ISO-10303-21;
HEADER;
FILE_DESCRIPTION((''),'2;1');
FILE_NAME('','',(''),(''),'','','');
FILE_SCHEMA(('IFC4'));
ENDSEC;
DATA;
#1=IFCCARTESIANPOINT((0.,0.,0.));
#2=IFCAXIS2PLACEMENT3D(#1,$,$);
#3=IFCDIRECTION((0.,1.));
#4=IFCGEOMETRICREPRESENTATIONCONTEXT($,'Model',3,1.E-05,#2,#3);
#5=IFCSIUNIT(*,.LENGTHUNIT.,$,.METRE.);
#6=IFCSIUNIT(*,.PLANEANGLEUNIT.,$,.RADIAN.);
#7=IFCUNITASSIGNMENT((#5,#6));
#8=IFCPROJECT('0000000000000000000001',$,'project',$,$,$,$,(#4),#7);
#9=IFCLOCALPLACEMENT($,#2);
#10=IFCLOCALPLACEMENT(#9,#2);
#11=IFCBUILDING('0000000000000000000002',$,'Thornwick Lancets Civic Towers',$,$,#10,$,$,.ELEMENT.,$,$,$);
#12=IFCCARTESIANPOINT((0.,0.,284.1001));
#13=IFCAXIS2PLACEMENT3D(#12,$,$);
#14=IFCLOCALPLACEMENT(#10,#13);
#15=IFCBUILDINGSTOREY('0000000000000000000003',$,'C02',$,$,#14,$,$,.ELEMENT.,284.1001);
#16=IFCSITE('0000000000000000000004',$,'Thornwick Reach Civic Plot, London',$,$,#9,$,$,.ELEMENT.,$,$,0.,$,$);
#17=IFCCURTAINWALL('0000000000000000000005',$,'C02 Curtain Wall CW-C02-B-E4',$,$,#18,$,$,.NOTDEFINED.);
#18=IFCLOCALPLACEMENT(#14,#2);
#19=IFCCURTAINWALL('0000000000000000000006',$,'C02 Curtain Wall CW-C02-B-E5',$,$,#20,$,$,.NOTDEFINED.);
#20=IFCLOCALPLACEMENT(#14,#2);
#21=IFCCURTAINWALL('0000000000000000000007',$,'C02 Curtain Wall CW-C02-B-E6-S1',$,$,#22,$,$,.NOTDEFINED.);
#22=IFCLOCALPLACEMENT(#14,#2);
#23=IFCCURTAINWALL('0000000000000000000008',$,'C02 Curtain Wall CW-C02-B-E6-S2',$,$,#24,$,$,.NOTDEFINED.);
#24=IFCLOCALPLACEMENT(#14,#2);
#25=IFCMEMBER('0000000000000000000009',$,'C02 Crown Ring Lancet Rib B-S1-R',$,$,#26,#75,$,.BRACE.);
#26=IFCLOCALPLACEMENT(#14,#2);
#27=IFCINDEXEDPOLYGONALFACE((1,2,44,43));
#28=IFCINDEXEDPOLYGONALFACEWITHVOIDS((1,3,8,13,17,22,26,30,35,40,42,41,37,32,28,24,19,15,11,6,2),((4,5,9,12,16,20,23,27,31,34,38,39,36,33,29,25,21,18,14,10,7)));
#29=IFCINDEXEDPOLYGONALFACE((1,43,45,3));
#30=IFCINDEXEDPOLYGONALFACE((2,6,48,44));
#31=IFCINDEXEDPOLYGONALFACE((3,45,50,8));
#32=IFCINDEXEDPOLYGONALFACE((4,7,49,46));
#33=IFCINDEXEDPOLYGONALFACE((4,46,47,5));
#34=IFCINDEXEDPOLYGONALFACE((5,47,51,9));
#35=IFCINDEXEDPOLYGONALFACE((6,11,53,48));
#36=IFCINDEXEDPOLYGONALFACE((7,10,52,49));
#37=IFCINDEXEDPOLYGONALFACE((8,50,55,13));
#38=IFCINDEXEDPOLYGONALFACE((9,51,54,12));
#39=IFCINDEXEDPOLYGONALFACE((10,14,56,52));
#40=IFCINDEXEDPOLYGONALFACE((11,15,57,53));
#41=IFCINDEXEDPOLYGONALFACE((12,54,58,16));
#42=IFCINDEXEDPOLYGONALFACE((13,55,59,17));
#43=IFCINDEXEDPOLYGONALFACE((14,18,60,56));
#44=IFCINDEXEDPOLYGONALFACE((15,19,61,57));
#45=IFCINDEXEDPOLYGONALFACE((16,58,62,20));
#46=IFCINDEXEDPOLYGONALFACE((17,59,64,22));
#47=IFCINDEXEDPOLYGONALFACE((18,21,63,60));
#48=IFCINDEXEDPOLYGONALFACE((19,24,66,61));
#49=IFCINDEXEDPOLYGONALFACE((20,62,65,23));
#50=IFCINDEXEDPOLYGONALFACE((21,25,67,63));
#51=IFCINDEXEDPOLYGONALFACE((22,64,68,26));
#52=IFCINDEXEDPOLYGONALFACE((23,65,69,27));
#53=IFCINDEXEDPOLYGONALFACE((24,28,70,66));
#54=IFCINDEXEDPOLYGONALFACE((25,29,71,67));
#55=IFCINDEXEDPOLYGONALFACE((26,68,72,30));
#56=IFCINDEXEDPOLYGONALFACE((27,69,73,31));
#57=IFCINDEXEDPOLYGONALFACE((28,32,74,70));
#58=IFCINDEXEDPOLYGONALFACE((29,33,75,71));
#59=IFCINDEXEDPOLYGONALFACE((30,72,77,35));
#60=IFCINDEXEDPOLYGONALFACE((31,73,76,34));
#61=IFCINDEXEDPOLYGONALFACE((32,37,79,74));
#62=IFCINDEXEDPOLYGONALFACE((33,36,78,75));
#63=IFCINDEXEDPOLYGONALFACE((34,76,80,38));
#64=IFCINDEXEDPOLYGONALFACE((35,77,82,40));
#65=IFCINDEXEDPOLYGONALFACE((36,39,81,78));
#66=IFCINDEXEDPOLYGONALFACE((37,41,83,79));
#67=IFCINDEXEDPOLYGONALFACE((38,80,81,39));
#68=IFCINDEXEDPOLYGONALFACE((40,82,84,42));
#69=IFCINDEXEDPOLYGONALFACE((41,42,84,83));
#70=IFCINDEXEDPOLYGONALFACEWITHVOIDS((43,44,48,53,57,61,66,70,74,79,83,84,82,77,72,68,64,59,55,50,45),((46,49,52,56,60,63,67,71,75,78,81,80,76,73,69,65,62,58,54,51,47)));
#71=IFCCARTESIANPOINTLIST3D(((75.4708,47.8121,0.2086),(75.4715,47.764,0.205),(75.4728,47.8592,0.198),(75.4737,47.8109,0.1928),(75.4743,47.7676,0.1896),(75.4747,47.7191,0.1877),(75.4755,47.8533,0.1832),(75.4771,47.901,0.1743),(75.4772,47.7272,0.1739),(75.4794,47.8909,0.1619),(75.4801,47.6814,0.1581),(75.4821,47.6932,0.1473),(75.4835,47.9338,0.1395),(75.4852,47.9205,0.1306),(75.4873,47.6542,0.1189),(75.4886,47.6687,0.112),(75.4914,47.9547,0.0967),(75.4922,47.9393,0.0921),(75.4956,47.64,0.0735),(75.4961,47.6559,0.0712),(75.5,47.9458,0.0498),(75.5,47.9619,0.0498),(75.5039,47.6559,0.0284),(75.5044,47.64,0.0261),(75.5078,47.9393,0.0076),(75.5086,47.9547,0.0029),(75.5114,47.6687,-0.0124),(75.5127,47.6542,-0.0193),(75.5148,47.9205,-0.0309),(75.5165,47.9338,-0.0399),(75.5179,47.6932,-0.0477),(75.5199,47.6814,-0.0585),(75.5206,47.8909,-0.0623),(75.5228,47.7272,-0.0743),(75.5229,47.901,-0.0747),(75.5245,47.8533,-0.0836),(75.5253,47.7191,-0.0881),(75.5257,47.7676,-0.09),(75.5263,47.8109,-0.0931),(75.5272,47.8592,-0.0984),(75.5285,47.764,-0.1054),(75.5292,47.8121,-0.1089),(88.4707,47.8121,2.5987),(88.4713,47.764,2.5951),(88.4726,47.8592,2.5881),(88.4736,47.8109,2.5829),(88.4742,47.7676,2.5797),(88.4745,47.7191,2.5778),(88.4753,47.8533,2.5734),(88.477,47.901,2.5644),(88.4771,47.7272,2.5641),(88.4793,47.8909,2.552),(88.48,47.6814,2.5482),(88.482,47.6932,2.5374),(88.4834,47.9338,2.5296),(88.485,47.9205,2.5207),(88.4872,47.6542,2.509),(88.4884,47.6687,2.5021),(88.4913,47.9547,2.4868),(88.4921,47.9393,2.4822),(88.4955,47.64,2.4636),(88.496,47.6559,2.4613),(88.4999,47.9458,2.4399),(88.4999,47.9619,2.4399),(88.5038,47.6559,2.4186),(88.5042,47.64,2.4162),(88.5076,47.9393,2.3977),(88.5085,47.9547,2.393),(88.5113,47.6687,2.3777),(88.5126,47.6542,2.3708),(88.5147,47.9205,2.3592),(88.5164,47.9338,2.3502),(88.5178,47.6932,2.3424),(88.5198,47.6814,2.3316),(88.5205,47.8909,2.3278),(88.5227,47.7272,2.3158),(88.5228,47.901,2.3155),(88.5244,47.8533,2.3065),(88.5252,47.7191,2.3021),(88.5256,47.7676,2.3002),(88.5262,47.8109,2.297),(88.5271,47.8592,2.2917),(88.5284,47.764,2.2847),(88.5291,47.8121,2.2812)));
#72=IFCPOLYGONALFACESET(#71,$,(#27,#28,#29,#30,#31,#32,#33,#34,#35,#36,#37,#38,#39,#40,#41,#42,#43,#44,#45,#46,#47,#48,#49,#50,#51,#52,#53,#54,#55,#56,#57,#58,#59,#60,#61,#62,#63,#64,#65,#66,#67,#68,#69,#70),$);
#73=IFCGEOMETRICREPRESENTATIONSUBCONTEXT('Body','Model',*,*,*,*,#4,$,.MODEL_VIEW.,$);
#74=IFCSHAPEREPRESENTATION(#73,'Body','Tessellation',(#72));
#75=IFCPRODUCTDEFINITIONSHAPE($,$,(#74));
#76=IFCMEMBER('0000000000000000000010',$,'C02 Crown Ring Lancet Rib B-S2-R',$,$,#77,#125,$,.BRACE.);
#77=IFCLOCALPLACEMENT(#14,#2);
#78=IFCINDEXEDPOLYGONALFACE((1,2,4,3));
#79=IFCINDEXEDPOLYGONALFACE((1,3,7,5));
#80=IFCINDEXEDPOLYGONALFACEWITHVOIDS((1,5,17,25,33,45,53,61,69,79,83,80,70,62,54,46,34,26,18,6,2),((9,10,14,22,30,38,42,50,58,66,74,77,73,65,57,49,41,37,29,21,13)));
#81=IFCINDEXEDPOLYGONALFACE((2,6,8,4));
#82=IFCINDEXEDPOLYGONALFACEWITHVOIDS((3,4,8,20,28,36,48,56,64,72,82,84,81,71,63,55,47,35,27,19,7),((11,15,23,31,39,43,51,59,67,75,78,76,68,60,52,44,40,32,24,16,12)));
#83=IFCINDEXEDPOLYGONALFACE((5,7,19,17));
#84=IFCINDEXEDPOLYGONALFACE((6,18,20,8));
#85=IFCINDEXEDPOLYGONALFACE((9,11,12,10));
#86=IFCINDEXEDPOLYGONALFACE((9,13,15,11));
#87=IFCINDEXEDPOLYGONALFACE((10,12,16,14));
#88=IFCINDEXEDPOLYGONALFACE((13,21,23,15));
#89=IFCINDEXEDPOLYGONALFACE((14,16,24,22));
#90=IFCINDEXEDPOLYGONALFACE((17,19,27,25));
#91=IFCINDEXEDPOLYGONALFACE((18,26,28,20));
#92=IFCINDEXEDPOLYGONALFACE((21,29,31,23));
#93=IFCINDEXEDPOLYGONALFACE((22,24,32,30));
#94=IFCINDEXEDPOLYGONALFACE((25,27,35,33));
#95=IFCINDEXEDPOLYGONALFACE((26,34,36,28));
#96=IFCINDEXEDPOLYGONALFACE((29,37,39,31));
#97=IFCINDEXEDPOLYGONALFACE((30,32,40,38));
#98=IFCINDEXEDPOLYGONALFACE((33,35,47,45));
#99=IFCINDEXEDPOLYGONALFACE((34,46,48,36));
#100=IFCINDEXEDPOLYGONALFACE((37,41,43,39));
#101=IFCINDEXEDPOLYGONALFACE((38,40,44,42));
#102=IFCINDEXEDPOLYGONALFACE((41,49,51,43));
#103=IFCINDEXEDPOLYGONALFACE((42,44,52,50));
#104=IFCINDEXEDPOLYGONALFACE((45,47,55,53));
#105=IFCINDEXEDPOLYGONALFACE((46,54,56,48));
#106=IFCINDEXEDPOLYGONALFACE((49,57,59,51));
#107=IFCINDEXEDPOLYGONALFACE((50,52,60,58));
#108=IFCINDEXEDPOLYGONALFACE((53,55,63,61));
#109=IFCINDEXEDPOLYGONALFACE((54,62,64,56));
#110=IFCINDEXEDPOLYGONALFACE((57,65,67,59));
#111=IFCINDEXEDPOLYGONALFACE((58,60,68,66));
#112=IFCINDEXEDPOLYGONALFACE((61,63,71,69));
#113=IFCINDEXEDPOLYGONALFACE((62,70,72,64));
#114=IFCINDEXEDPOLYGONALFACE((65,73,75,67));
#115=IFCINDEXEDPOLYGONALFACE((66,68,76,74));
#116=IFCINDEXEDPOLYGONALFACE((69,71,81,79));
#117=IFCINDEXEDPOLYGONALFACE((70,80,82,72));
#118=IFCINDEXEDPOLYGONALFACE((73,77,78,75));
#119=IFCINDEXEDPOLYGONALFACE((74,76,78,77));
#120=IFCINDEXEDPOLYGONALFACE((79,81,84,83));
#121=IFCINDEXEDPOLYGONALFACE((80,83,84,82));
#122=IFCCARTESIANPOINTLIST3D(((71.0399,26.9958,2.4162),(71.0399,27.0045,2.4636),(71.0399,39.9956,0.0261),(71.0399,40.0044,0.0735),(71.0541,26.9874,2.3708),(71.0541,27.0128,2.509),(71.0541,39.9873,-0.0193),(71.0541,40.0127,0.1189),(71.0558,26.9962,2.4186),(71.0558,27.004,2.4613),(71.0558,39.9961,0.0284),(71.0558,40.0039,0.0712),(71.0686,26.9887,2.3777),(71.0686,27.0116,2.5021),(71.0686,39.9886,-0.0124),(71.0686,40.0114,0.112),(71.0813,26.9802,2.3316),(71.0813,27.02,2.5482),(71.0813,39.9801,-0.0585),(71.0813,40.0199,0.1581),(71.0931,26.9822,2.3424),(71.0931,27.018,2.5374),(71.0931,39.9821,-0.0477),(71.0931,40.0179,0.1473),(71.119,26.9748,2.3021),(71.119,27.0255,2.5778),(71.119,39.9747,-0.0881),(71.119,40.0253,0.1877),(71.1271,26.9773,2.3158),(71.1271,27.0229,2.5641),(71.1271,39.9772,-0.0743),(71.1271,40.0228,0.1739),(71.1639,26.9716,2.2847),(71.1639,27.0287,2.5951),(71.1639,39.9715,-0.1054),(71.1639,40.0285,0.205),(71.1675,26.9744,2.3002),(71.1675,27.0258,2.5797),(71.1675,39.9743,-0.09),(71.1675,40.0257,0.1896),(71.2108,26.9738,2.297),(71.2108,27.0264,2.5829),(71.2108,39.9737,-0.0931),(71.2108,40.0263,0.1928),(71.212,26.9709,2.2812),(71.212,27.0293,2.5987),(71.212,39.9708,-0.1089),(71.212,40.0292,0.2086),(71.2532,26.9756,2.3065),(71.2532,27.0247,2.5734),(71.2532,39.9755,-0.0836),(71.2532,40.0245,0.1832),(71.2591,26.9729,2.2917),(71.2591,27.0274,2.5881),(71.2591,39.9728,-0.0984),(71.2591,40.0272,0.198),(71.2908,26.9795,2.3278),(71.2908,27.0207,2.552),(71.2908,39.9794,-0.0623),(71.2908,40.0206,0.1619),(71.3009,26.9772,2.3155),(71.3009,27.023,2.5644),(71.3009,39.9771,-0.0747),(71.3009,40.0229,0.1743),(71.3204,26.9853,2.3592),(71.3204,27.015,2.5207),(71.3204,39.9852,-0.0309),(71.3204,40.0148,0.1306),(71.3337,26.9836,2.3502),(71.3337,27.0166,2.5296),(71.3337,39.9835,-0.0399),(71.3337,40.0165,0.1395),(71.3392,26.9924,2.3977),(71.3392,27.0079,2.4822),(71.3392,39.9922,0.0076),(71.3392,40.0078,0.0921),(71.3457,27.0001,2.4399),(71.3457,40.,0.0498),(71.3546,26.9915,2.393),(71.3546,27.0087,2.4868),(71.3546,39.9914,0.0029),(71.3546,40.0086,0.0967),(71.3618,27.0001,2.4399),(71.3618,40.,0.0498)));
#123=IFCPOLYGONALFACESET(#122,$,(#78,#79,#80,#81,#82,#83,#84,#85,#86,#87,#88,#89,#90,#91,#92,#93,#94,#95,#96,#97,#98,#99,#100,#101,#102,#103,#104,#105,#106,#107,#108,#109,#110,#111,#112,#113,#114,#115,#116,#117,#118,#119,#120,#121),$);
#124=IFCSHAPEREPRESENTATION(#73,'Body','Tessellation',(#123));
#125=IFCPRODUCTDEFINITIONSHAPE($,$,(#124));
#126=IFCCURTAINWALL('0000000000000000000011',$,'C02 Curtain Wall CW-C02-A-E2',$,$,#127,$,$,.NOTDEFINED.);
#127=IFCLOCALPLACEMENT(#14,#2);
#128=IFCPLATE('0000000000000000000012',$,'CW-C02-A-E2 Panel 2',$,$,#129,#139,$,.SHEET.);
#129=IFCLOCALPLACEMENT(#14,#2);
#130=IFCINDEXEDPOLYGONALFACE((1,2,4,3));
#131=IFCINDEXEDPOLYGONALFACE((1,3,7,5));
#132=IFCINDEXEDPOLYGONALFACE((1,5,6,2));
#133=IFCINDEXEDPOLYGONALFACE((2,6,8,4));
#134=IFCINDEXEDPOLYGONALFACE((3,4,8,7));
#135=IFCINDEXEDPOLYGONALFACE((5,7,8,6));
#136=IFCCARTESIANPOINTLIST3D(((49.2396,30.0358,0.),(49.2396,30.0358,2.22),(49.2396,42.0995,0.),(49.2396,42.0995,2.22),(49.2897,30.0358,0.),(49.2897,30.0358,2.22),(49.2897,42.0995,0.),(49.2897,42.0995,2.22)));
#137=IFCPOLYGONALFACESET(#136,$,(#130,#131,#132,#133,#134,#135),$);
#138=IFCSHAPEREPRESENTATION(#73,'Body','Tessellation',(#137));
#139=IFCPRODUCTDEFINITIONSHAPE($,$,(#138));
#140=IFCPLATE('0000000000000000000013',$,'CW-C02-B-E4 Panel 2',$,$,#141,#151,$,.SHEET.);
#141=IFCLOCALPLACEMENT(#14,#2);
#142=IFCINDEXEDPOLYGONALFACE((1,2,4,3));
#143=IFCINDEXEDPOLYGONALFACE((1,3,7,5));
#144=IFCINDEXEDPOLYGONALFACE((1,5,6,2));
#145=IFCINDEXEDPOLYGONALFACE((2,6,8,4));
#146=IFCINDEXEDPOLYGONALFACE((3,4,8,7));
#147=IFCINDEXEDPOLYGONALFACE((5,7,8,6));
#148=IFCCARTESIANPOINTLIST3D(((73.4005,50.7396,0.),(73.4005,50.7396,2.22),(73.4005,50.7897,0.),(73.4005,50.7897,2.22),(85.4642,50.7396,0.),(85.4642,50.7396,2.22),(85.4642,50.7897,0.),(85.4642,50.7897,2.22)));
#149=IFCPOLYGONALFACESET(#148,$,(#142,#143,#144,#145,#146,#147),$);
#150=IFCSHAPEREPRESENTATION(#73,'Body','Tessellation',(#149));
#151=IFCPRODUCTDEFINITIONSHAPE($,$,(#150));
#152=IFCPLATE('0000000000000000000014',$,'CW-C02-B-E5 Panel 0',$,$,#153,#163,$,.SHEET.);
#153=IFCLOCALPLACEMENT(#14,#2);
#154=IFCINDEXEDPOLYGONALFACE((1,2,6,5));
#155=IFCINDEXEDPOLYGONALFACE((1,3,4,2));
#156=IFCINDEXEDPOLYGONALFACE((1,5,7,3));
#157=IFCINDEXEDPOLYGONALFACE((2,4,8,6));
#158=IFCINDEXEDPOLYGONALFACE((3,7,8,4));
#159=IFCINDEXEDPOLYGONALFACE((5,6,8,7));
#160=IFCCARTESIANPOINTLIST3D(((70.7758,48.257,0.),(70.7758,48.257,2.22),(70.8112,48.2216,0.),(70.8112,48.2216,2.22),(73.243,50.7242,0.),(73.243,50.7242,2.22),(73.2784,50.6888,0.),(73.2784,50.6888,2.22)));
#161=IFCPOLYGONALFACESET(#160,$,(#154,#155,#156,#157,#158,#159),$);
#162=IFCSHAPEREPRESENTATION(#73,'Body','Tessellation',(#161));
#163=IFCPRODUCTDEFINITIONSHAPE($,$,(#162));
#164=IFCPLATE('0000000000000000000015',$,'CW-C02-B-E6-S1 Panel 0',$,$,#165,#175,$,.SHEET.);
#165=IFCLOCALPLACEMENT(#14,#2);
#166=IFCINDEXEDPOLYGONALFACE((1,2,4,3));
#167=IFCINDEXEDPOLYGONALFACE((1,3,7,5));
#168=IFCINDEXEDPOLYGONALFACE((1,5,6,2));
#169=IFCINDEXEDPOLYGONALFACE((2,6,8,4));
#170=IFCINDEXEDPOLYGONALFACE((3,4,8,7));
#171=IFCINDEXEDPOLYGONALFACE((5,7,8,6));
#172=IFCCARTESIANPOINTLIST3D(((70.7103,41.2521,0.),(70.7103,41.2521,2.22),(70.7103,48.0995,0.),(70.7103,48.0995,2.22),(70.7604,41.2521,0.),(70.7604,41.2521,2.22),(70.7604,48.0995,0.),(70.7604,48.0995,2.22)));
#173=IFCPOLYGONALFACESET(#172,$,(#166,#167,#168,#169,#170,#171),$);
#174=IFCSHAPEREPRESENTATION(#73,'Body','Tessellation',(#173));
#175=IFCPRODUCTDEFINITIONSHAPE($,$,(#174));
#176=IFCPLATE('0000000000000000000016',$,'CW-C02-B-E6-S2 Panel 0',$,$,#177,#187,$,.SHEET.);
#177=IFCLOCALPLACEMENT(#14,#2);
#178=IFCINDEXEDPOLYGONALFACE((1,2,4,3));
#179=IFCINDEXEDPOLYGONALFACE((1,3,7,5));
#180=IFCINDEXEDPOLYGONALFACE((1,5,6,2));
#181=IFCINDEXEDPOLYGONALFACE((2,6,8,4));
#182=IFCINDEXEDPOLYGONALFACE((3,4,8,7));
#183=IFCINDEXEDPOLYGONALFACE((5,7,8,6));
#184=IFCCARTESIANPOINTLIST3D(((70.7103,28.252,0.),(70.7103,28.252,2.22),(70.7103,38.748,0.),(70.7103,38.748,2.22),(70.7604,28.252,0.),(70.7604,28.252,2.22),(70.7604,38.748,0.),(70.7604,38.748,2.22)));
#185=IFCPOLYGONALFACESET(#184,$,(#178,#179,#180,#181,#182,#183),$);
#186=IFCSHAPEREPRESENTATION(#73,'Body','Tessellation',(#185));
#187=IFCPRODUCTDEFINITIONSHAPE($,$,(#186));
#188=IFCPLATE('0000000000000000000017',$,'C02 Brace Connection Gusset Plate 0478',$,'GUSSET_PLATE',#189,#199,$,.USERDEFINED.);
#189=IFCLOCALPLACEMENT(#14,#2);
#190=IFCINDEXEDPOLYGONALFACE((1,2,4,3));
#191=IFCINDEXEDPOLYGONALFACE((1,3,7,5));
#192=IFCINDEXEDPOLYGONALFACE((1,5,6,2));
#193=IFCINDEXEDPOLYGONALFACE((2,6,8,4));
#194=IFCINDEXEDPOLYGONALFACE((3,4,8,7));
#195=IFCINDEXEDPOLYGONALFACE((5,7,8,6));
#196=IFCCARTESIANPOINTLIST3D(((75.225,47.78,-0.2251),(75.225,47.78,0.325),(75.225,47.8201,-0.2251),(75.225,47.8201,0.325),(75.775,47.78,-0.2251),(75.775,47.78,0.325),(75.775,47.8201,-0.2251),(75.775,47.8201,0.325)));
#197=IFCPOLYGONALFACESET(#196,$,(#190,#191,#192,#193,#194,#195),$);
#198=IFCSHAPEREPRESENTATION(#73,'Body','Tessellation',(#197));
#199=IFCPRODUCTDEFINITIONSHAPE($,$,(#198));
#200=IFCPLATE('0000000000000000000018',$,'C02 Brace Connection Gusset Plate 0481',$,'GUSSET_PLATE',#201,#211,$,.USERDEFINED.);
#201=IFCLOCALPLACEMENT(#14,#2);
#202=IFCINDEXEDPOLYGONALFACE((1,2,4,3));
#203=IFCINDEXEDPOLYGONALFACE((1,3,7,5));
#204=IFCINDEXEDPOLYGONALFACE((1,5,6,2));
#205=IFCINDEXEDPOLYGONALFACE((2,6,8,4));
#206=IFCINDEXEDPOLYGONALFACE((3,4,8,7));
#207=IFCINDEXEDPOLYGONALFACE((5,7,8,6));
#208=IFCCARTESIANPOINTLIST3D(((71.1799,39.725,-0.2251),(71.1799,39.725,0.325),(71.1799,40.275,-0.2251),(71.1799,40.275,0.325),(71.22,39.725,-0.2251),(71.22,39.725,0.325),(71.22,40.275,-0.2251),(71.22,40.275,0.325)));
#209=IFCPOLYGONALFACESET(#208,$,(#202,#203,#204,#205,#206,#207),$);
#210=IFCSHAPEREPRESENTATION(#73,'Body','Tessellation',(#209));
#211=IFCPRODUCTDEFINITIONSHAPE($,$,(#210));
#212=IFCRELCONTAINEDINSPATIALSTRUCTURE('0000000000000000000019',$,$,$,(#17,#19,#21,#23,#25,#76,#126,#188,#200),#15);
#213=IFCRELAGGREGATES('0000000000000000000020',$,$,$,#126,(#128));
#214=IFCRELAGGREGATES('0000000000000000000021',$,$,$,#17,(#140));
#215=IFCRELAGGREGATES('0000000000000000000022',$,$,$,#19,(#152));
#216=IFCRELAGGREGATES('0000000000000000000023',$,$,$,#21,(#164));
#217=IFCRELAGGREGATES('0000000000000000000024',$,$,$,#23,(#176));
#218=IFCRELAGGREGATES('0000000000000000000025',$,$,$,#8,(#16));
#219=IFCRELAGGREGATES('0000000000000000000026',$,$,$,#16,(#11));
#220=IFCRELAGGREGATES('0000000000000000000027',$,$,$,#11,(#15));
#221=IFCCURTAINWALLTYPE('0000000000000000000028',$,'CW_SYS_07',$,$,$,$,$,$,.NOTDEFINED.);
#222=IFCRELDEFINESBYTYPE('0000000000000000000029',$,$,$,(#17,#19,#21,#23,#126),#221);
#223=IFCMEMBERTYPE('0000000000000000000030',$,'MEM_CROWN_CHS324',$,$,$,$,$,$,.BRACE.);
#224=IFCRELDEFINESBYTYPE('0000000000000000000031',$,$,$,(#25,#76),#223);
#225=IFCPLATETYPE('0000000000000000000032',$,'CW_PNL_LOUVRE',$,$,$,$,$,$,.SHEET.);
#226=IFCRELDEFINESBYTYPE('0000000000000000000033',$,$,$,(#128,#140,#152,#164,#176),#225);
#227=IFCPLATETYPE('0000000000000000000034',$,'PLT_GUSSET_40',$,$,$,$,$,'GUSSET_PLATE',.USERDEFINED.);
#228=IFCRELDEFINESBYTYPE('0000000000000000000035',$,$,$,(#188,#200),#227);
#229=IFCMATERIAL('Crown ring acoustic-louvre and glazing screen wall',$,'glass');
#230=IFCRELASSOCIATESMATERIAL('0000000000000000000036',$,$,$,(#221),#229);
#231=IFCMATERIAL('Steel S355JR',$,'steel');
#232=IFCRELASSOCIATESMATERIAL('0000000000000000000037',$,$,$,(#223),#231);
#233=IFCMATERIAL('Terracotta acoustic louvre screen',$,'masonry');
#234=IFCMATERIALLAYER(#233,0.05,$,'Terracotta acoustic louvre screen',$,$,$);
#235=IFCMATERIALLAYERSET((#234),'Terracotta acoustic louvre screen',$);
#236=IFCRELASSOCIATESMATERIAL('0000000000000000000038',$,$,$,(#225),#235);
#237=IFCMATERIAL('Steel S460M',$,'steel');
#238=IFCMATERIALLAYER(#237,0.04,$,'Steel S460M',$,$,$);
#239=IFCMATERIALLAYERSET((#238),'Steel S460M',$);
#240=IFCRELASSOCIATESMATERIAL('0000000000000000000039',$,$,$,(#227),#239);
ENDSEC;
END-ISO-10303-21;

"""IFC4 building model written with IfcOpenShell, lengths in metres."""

from ifc_helpers import new_model, si_unit, direction, frame, origin, origin_2d, place, context, subcontext, project, spatial, rectangle, hollow_circle, extrude, material, layer, layer_set, material_profile, profile_set, type_object, element, aggregate, save


model = new_model("IFC4")

# Units and contexts
model_context = context("Model", 3, precision=1e-05, world=origin(), true_north=direction((0.0, 1.0)))
body_context = subcontext(model_context, "Body", "Model", "MODEL_VIEW")
ifc_project = project(units=[si_unit("LENGTHUNIT", "METRE"), si_unit("PLANEANGLEUNIT", "RADIAN")], contexts=[model_context])

# Site, building, storey
site_placement = place(None, origin())
site = spatial("IfcSite", under=ifc_project, at=site_placement, Name="Thornwick Reach Civic Plot, London", CompositionType="ELEMENT", RefElevation=0.0)
building_placement = place(site_placement, origin())
building = spatial("IfcBuilding", under=site, at=building_placement, Name="Thornwick Lancets Civic Towers", CompositionType="ELEMENT")
storey_placement = place(building_placement, frame((0.0, 0.0, 284.1001)))
storey = spatial("IfcBuildingStorey", under=building, at=storey_placement, Name="C02", CompositionType="ELEMENT", Elevation=284.1001)

# Shared definitions
ifc_material_1 = material(Name="Steel S355JR", Category="steel")

# Curtain walls
ifc_material_2 = material(Name="Crown ring acoustic-louvre and glazing screen wall", Category="glass")
curtain_wall_type = type_object("IfcCurtainWallType", Name="CW_SYS_07", PredefinedType="NOTDEFINED", material=ifc_material_2)
curtain_wall_1_placement = place(storey_placement, origin())
curtain_wall_1 = element("IfcCurtainWall", 1, at=curtain_wall_1_placement, inside=storey, type_object=curtain_wall_type, Name="C02 Curtain Wall CW-C02-B-E4", PredefinedType="NOTDEFINED")
curtain_wall_2_placement = place(storey_placement, origin())
curtain_wall_2 = element("IfcCurtainWall", 2, at=curtain_wall_2_placement, inside=storey, type_object=curtain_wall_type, Name="C02 Curtain Wall CW-C02-B-E5", PredefinedType="NOTDEFINED")
curtain_wall_3_placement = place(storey_placement, origin())
curtain_wall_3 = element("IfcCurtainWall", 3, at=curtain_wall_3_placement, inside=storey, type_object=curtain_wall_type, Name="C02 Curtain Wall CW-C02-B-E6-S1", PredefinedType="NOTDEFINED")
curtain_wall_4_placement = place(storey_placement, origin())
curtain_wall_4 = element("IfcCurtainWall", 4, at=curtain_wall_4_placement, inside=storey, type_object=curtain_wall_type, Name="C02 Curtain Wall CW-C02-B-E6-S2", PredefinedType="NOTDEFINED")

# Members
ifc_material_profile_1 = material_profile(ifc_material_1, hollow_circle(Radius=0.1619, WallThickness=0.0161, at=origin_2d()), Name="CHS 323.9x16")
ifc_profile_set_1 = profile_set([ifc_material_profile_1], Name="Steel S355JR")
member_type_1 = type_object("IfcMemberType", Name="MEM_CROWN_CHS324", PredefinedType="BRACE", material=ifc_profile_set_1)
for number, where, z_axis, x_axis, name in (
    (5, (75.5, 47.8, 0.0498), (0.983515, 0.0, 0.180826), (0.0, 1.0, 0.0), "C02 Crown Ring Lancet Rib B-S1-R"),
    (6, (71.2, 40.0, 0.0498), (0.0, -0.983515, 0.180826), (1.0, 0.0, 0.0), "C02 Crown Ring Lancet Rib B-S2-R"),
):
    element("IfcMember", number, at=place(storey_placement, frame(where, z_axis=z_axis, x_axis=x_axis)), inside=storey, type_object=member_type_1, Name=name, PredefinedType="BRACE", context=body_context, shape_type="SweptSolid", body=[
        extrude(hollow_circle(Radius=0.1619, WallThickness=0.0161, at=origin_2d()), origin(), (0.0, 0.0, 1.0), 13.2178),
    ])

# Curtain wall, plate
curtain_wall_5_placement = place(storey_placement, origin())
curtain_wall_5 = element("IfcCurtainWall", 7, at=curtain_wall_5_placement, inside=storey, type_object=curtain_wall_type, Name="C02 Curtain Wall CW-C02-A-E2", PredefinedType="NOTDEFINED")
ifc_material_3 = material(Name="Terracotta acoustic louvre screen", Category="masonry")
ifc_layer_1 = layer(ifc_material_3, 0.05, Name="Terracotta acoustic louvre screen")
ifc_layer_set_1 = layer_set([ifc_layer_1], Name="Terracotta acoustic louvre screen")
plate_type_1 = type_object("IfcPlateType", Name="CW_PNL_LOUVRE", PredefinedType="SHEET", material=ifc_layer_set_1)
plate_1_placement = place(storey_placement, frame((49.2646, 36.0676, 0.0), z_axis=(0.0, 0.0, 1.0), x_axis=(0.0, 1.0, 0.0)))
plate_1 = element("IfcPlate", 8, at=plate_1_placement, type_object=plate_type_1, Name="CW-C02-A-E2 Panel 2", PredefinedType="SHEET", context=body_context, shape_type="SweptSolid", body=[
    extrude(rectangle(XDim=12.0637, YDim=0.05, at=origin_2d()), origin(), (0.0, 0.0, 1.0), 2.22),
])
aggregate(curtain_wall_5, [plate_1])

# Plates
plate_2_placement = place(storey_placement, frame((79.4324, 50.7646, 0.0), z_axis=(0.0, 0.0, 1.0), x_axis=(-1.0, 0.0, 0.0)))
plate_2 = element("IfcPlate", 9, at=plate_2_placement, type_object=plate_type_1, Name="CW-C02-B-E4 Panel 2", PredefinedType="SHEET", context=body_context, shape_type="SweptSolid", body=[
    extrude(rectangle(XDim=12.0637, YDim=0.05, at=origin_2d()), origin(), (0.0, 0.0, 1.0), 2.22),
])
aggregate(curtain_wall_1, [plate_2])
plate_3_placement = place(storey_placement, frame((72.0271, 49.4729, 0.0), z_axis=(0.0, 0.0, 1.0), x_axis=(-0.707107, -0.707107, 0.0)))
plate_3 = element("IfcPlate", 10, at=plate_3_placement, type_object=plate_type_1, Name="CW-C02-B-E5 Panel 0", PredefinedType="SHEET", context=body_context, shape_type="SweptSolid", body=[
    extrude(rectangle(XDim=3.4893, YDim=0.05, at=origin_2d()), origin(), (0.0, 0.0, 1.0), 2.22),
])
aggregate(curtain_wall_2, [plate_3])
plate_4_placement = place(storey_placement, frame((70.7354, 44.6758, 0.0), z_axis=(0.0, 0.0, 1.0), x_axis=(0.0, -1.0, 0.0)))
plate_4 = element("IfcPlate", 11, at=plate_4_placement, type_object=plate_type_1, Name="CW-C02-B-E6-S1 Panel 0", PredefinedType="SHEET", context=body_context, shape_type="SweptSolid", body=[
    extrude(rectangle(XDim=6.8474, YDim=0.05, at=origin_2d()), origin(), (0.0, 0.0, 1.0), 2.22),
])
aggregate(curtain_wall_3, [plate_4])
plate_5_placement = place(storey_placement, frame((70.7354, 33.5, 0.0), z_axis=(0.0, 0.0, 1.0), x_axis=(0.0, -1.0, 0.0)))
plate_5 = element("IfcPlate", 12, at=plate_5_placement, type_object=plate_type_1, Name="CW-C02-B-E6-S2 Panel 0", PredefinedType="SHEET", context=body_context, shape_type="SweptSolid", body=[
    extrude(rectangle(XDim=10.4961, YDim=0.05, at=origin_2d()), origin(), (0.0, 0.0, 1.0), 2.22),
])
aggregate(curtain_wall_4, [plate_5])

# Plates
ifc_material_4 = material(Name="Steel S460M", Category="steel")
ifc_layer_2 = layer(ifc_material_4, 0.04, Name="Steel S460M")
ifc_layer_set_2 = layer_set([ifc_layer_2], Name="Steel S460M")
plate_type_2 = type_object("IfcPlateType", Name="PLT_GUSSET_40", ElementType="GUSSET_PLATE", PredefinedType="USERDEFINED", material=ifc_layer_set_2)
for number, where, z_axis, x_axis, name in (
    (13, (75.5, 47.8, -0.2251), (0.0, 0.0, 1.0), (1.0, 0.0, 0.0), "C02 Brace Connection Gusset Plate 0478"),
    (14, (71.2, 40.0, -0.2251), (0.0, 0.0, 1.0), (0.0, -1.0, 0.0), "C02 Brace Connection Gusset Plate 0481"),
):
    element("IfcPlate", number, at=place(storey_placement, frame(where, z_axis=z_axis, x_axis=x_axis)), inside=storey, type_object=plate_type_2, Name=name, ObjectType="GUSSET_PLATE", PredefinedType="USERDEFINED", context=body_context, shape_type="SweptSolid", body=[
        extrude(rectangle(XDim=0.55, YDim=0.04, at=origin_2d()), origin(), (0.0, 0.0, 1.0), 0.55),
    ])

save(model, "model.ifc")
